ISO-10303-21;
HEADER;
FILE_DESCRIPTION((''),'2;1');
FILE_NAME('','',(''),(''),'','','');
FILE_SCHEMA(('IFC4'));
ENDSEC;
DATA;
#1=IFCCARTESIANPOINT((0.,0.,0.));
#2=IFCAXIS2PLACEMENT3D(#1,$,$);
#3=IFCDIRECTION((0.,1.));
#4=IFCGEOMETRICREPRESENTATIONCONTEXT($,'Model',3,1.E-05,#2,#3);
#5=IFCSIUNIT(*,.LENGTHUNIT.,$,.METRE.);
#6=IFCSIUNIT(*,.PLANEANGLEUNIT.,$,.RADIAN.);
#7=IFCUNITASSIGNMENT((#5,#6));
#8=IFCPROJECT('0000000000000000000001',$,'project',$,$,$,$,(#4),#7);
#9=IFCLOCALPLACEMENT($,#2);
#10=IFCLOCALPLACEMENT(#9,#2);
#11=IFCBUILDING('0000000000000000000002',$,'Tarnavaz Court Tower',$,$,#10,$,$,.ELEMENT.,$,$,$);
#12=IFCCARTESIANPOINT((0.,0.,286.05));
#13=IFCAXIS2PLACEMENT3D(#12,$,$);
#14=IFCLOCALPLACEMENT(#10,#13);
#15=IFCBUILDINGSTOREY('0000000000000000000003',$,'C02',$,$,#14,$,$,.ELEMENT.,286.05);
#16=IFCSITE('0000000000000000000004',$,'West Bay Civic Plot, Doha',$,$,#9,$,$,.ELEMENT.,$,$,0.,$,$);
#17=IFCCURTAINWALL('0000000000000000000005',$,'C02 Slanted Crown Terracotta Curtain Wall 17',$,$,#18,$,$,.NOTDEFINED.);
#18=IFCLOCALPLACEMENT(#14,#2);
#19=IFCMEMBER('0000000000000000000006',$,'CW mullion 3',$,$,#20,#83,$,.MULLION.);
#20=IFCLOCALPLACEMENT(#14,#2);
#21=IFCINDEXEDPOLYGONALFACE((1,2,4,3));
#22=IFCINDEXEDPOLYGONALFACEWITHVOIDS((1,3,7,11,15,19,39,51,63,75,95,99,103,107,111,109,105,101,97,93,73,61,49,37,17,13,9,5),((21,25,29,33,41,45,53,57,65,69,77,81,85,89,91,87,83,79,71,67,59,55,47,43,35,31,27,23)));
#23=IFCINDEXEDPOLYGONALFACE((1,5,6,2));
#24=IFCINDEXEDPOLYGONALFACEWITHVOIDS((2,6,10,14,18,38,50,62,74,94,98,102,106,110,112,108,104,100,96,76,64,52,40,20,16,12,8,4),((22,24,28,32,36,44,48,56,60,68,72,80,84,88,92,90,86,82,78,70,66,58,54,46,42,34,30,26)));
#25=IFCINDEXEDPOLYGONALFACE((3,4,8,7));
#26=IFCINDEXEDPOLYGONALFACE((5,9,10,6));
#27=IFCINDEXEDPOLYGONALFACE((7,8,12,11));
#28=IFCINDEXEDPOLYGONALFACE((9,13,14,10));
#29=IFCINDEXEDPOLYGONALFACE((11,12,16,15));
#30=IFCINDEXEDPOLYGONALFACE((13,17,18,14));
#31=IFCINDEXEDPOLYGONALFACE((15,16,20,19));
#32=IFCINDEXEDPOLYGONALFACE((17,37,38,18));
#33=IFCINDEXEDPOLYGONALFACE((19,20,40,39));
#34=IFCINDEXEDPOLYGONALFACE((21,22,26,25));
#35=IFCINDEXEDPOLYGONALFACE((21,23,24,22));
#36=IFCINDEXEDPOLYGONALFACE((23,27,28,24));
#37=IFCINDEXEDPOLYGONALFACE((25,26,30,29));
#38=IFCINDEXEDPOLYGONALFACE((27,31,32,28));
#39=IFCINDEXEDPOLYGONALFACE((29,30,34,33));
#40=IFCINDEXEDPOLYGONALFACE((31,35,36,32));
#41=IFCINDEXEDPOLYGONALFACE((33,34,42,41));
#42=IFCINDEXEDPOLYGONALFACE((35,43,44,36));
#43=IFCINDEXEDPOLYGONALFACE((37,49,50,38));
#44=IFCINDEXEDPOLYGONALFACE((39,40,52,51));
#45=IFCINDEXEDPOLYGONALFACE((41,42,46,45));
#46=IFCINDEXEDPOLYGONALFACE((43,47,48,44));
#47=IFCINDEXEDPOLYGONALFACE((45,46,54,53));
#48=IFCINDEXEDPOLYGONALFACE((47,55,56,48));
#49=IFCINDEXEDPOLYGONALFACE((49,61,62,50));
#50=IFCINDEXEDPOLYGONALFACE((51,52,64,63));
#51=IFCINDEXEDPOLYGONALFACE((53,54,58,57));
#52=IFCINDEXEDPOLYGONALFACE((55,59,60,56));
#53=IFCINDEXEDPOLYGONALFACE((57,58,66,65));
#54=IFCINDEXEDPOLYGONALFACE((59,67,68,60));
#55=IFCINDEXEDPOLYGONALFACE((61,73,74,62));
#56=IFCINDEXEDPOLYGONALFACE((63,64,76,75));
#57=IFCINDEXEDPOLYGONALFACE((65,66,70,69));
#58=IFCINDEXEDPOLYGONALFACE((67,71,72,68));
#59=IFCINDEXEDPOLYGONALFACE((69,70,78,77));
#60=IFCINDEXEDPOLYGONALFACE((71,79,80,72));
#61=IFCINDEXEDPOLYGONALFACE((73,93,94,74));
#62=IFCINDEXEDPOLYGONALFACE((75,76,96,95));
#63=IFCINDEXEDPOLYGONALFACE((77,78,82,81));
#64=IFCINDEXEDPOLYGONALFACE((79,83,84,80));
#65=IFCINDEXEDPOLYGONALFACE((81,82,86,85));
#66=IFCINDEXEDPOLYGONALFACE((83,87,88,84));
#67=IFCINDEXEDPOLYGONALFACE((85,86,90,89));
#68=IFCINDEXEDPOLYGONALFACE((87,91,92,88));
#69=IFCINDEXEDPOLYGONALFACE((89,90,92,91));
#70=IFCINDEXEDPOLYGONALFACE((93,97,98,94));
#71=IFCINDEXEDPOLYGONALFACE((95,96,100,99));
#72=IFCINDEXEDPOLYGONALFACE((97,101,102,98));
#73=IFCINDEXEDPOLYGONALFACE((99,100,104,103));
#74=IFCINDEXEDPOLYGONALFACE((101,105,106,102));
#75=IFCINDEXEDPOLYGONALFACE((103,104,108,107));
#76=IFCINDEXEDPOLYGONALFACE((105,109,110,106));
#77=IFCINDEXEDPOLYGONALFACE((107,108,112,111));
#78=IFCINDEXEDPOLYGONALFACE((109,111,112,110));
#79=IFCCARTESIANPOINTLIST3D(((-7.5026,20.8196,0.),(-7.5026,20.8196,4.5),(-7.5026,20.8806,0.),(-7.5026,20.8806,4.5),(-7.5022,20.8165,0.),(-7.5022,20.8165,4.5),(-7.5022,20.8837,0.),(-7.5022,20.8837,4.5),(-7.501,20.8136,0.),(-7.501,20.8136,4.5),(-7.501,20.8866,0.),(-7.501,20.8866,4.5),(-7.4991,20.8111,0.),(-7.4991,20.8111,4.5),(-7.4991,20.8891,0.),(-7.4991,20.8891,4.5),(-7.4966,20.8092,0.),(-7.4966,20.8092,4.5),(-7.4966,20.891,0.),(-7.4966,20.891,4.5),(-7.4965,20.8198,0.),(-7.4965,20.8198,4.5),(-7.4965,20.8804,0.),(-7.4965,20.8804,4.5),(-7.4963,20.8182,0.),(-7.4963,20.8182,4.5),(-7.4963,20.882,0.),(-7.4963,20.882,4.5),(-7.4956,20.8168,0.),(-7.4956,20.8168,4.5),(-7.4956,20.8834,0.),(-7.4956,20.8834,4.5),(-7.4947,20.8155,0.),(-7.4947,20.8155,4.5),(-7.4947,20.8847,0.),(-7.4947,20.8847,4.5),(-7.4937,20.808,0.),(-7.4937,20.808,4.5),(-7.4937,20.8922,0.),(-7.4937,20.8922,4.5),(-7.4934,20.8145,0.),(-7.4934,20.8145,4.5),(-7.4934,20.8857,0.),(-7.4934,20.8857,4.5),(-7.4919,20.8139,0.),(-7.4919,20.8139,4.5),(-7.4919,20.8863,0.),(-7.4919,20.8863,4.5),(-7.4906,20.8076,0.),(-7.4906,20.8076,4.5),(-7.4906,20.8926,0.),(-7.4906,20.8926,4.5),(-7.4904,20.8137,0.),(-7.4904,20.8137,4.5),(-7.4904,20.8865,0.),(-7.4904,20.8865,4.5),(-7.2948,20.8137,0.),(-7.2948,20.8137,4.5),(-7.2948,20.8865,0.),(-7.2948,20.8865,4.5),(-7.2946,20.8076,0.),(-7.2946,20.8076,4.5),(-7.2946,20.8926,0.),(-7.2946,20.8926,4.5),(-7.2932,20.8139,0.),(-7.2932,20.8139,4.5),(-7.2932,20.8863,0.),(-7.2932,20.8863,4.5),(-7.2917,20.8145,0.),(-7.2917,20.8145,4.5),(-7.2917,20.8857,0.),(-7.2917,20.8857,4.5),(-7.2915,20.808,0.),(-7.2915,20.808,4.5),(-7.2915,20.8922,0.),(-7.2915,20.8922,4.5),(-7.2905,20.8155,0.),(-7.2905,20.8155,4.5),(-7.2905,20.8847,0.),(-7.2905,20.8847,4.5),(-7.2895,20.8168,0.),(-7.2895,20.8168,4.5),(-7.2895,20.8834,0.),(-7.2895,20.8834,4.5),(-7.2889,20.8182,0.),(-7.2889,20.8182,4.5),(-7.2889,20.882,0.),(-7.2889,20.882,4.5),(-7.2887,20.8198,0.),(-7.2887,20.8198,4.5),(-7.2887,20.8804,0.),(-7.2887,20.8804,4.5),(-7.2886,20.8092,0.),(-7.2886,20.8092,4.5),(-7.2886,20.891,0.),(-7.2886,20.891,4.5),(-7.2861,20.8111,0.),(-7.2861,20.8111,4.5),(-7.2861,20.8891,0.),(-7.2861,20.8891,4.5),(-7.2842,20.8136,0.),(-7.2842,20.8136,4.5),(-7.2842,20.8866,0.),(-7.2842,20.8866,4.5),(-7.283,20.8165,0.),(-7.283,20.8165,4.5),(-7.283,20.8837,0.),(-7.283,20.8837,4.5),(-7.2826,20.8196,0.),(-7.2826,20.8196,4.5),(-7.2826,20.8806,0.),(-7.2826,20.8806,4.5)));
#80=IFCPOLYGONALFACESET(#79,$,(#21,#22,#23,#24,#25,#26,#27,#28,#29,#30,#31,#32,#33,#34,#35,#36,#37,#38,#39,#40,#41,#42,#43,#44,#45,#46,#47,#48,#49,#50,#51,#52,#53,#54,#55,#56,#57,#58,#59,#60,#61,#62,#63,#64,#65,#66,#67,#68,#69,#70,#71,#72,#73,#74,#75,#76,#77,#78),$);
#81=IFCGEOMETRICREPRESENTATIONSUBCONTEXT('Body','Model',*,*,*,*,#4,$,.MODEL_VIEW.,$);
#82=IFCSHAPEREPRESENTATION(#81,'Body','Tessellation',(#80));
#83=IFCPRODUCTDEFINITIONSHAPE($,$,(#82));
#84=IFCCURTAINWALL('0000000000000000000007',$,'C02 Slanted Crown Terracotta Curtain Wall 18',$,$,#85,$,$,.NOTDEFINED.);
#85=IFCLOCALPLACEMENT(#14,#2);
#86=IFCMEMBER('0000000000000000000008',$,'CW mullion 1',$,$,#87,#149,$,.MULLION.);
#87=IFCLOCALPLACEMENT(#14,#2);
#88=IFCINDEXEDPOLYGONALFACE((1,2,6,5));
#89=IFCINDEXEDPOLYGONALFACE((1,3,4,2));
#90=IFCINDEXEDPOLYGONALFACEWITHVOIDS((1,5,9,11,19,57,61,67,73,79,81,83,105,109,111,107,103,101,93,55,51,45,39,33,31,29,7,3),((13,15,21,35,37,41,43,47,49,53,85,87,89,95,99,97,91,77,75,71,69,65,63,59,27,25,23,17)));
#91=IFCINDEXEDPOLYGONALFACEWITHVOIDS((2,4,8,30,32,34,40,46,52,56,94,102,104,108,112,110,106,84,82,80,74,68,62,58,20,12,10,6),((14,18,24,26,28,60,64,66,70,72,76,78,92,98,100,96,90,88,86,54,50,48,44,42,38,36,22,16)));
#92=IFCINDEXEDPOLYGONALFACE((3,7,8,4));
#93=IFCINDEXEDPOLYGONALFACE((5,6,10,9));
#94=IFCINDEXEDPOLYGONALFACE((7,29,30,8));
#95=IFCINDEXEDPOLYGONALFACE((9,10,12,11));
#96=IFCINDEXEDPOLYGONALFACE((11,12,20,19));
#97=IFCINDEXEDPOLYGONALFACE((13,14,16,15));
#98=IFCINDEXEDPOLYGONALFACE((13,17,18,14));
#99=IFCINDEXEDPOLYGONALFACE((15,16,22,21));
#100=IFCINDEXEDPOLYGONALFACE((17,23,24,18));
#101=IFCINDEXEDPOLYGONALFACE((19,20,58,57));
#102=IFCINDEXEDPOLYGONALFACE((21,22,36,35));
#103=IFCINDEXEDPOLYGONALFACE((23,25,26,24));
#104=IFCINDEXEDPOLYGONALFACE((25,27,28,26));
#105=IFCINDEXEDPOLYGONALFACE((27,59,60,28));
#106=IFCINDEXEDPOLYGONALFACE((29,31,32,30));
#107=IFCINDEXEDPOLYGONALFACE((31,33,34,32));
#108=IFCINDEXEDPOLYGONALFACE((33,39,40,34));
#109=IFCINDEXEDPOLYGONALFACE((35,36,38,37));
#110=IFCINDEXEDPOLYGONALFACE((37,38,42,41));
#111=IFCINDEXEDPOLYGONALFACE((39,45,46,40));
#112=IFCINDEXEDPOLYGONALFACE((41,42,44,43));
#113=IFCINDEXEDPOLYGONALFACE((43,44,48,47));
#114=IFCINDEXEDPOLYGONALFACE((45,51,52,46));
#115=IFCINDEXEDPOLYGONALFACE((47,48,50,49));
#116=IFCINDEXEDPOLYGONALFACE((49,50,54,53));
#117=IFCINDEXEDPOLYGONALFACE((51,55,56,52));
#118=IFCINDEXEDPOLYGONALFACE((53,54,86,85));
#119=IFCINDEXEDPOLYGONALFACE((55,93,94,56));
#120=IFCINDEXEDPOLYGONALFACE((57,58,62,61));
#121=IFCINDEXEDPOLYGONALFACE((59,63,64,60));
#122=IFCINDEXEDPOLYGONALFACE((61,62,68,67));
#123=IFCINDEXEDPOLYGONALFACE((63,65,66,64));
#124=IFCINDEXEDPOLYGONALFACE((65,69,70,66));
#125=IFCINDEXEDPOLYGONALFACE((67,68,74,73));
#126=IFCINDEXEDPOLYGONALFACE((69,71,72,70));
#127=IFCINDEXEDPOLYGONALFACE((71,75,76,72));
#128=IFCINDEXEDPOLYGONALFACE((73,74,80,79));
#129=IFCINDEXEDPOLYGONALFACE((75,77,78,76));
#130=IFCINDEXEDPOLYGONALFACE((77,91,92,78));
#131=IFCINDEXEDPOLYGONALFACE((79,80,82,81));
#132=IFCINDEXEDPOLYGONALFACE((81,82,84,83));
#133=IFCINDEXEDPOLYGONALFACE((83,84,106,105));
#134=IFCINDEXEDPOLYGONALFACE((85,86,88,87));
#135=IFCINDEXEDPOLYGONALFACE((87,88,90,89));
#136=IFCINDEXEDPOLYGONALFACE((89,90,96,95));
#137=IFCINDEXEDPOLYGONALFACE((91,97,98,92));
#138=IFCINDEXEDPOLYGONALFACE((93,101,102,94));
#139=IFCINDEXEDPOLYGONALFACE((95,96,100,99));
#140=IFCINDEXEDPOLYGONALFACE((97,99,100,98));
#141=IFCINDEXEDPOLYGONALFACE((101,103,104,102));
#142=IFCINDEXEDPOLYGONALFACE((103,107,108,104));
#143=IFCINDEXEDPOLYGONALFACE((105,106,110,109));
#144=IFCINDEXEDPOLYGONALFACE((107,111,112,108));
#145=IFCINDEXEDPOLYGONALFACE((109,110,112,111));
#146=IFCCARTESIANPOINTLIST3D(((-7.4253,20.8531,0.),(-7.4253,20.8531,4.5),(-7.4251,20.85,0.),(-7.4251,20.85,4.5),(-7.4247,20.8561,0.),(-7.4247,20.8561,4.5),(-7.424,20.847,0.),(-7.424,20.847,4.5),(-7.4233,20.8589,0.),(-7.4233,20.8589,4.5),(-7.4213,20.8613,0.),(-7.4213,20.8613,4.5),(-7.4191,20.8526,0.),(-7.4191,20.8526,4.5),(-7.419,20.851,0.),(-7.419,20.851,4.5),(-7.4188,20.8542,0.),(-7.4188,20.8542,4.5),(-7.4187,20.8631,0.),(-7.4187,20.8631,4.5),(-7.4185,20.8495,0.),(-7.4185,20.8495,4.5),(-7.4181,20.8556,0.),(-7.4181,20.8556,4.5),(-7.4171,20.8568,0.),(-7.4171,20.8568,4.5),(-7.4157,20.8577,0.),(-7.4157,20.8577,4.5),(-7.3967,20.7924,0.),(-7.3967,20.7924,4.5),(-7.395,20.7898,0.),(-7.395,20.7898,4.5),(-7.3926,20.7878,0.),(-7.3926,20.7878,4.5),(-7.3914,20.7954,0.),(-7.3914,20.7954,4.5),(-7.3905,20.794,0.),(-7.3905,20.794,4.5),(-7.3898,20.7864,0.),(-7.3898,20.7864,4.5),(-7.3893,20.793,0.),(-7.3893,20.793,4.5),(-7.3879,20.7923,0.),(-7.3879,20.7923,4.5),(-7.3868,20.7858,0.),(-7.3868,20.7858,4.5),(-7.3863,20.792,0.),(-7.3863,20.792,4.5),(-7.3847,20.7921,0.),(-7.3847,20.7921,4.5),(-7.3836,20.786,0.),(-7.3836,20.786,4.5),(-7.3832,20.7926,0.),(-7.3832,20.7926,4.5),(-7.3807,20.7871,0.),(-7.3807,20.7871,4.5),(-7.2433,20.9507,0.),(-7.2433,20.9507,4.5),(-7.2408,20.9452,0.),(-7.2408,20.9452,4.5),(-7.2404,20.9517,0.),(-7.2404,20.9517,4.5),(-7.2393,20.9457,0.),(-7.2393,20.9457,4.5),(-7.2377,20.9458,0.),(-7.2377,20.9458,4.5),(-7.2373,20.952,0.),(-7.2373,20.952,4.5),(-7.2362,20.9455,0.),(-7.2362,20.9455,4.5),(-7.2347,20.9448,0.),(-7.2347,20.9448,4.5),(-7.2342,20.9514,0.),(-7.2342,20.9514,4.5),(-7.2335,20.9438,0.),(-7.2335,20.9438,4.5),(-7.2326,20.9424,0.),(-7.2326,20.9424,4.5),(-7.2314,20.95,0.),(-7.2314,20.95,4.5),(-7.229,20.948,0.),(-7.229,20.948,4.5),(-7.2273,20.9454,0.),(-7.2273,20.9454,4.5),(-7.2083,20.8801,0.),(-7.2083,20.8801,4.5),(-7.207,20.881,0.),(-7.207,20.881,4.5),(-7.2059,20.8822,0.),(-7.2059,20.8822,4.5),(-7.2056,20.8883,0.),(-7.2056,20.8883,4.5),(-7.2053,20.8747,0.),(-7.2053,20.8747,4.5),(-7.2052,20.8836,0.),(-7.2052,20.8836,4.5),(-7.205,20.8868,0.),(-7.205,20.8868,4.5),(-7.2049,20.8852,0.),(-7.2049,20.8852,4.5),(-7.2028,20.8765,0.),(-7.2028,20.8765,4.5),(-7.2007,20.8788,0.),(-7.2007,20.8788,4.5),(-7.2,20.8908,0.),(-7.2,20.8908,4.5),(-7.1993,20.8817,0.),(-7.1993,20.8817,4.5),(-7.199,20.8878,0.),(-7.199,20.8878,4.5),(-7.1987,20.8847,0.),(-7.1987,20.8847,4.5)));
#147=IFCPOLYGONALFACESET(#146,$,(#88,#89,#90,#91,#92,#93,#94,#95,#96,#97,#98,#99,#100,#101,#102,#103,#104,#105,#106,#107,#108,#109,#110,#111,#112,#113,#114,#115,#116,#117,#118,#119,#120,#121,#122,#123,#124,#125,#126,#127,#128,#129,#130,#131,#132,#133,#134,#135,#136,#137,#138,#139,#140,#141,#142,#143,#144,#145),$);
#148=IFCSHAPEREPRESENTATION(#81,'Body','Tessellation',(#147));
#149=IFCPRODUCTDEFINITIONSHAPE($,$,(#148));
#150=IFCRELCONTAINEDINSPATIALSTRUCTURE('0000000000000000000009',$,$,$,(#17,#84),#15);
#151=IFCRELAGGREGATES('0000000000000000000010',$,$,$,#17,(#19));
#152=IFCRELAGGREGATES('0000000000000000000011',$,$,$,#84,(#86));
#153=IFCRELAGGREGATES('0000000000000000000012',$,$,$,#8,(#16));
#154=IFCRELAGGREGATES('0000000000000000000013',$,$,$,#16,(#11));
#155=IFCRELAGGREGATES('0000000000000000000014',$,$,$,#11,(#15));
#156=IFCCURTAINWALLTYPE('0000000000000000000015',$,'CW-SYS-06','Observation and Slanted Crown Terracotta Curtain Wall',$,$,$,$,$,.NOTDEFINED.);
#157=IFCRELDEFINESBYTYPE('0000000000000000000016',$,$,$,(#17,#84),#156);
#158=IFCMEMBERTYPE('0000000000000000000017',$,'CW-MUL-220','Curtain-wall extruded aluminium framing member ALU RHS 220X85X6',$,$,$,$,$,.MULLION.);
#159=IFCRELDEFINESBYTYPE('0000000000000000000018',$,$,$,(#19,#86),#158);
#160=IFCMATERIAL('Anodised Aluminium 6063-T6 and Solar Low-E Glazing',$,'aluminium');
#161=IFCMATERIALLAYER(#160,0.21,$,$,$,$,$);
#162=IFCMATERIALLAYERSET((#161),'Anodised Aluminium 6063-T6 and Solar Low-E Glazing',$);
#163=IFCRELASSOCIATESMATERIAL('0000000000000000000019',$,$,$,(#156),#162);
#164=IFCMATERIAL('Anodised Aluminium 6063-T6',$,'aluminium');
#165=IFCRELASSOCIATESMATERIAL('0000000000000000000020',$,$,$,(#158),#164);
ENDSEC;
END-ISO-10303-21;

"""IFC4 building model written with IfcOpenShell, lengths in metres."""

from ifc_helpers import new_model, si_unit, direction, frame, origin, origin_2d, place, context, subcontext, project, spatial, hollow_rectangle, extrude, material, layer, layer_set, material_profile, profile_set, type_object, element, aggregate, save


model = new_model("IFC4")

# Units and contexts
model_context = context("Model", 3, precision=1e-05, world=origin(), true_north=direction((0.0, 1.0)))
body_context = subcontext(model_context, "Body", "Model", "MODEL_VIEW")
ifc_project = project(units=[si_unit("LENGTHUNIT", "METRE"), si_unit("PLANEANGLEUNIT", "RADIAN")], contexts=[model_context])

# Site, building, storey
site_placement = place(None, origin())
site = spatial("IfcSite", under=ifc_project, at=site_placement, Name="West Bay Civic Plot, Doha", CompositionType="ELEMENT", RefElevation=0.0)
building_placement = place(site_placement, origin())
building = spatial("IfcBuilding", under=site, at=building_placement, Name="Tarnavaz Court Tower", CompositionType="ELEMENT")
storey_placement = place(building_placement, frame((0.0, 0.0, 286.05)))
storey = spatial("IfcBuildingStorey", under=building, at=storey_placement, Name="C02", CompositionType="ELEMENT", Elevation=286.05)

# Curtain walls, members
ifc_material_1 = material(Name="Anodised Aluminium 6063-T6 and Solar Low-E Glazing", Category="aluminium")
ifc_layer_1 = layer(ifc_material_1, 0.21)
ifc_layer_set_1 = layer_set([ifc_layer_1], Name="Anodised Aluminium 6063-T6 and Solar Low-E Glazing")
curtain_wall_type = type_object("IfcCurtainWallType", Name="CW-SYS-06", Description="Observation and Slanted Crown Terracotta Curtain Wall", PredefinedType="NOTDEFINED", material=ifc_layer_set_1)
ifc_material_2 = material(Name="Anodised Aluminium 6063-T6", Category="aluminium")
ifc_material_profile_1 = material_profile(ifc_material_2, hollow_rectangle(XDim=0.085, YDim=0.22, WallThickness=0.0061, InnerFilletRadius=0.0061, OuterFilletRadius=0.012, at=origin_2d()), Name="ALU RHS 220X85X6")
ifc_profile_set_1 = profile_set([ifc_material_profile_1], Name="Anodised Aluminium 6063-T6")
member_type_1 = type_object("IfcMemberType", Name="CW-MUL-220", Description="Curtain-wall extruded aluminium framing member ALU RHS 220X85X6", PredefinedType="MULLION", material=ifc_profile_set_1)
curtain_wall_1_placement = place(storey_placement, origin())
curtain_wall_1 = element("IfcCurtainWall", 1, at=curtain_wall_1_placement, inside=storey, type_object=curtain_wall_type, Name="C02 Slanted Crown Terracotta Curtain Wall 17", PredefinedType="NOTDEFINED")
member_1_placement = place(storey_placement, frame((-7.3926, 20.8501, 0.0), z_axis=(0.0, 0.0, 1.0), x_axis=(0.0, 1.0, 0.0)))
member_1 = element("IfcMember", 2, at=member_1_placement, type_object=member_type_1, Name="CW mullion 3", PredefinedType="MULLION", context=body_context, shape_type="SweptSolid", body=[
    extrude(hollow_rectangle(XDim=0.085, YDim=0.22, WallThickness=0.0061, InnerFilletRadius=0.0061, OuterFilletRadius=0.012, at=origin_2d()), origin(), (0.0, 0.0, 1.0), 4.5),
])
curtain_wall_2_placement = place(storey_placement, origin())
curtain_wall_2 = element("IfcCurtainWall", 3, at=curtain_wall_2_placement, inside=storey, type_object=curtain_wall_type, Name="C02 Slanted Crown Terracotta Curtain Wall 18", PredefinedType="NOTDEFINED")
member_2_placement = place(storey_placement, frame((-7.312, 20.8689, 0.0), z_axis=(0.0, 0.0, 1.0), x_axis=(-0.447214, 0.894427, 0.0)))
member_2 = element("IfcMember", 4, at=member_2_placement, type_object=member_type_1, Name="CW mullion 1", PredefinedType="MULLION", context=body_context, shape_type="SweptSolid", body=[
    extrude(hollow_rectangle(XDim=0.085, YDim=0.22, WallThickness=0.0061, InnerFilletRadius=0.0061, OuterFilletRadius=0.012, at=origin_2d()), origin(), (0.0, 0.0, 1.0), 4.5),
])

aggregate(curtain_wall_1, [member_1])
aggregate(curtain_wall_2, [member_2])

save(model, "model.ifc")
